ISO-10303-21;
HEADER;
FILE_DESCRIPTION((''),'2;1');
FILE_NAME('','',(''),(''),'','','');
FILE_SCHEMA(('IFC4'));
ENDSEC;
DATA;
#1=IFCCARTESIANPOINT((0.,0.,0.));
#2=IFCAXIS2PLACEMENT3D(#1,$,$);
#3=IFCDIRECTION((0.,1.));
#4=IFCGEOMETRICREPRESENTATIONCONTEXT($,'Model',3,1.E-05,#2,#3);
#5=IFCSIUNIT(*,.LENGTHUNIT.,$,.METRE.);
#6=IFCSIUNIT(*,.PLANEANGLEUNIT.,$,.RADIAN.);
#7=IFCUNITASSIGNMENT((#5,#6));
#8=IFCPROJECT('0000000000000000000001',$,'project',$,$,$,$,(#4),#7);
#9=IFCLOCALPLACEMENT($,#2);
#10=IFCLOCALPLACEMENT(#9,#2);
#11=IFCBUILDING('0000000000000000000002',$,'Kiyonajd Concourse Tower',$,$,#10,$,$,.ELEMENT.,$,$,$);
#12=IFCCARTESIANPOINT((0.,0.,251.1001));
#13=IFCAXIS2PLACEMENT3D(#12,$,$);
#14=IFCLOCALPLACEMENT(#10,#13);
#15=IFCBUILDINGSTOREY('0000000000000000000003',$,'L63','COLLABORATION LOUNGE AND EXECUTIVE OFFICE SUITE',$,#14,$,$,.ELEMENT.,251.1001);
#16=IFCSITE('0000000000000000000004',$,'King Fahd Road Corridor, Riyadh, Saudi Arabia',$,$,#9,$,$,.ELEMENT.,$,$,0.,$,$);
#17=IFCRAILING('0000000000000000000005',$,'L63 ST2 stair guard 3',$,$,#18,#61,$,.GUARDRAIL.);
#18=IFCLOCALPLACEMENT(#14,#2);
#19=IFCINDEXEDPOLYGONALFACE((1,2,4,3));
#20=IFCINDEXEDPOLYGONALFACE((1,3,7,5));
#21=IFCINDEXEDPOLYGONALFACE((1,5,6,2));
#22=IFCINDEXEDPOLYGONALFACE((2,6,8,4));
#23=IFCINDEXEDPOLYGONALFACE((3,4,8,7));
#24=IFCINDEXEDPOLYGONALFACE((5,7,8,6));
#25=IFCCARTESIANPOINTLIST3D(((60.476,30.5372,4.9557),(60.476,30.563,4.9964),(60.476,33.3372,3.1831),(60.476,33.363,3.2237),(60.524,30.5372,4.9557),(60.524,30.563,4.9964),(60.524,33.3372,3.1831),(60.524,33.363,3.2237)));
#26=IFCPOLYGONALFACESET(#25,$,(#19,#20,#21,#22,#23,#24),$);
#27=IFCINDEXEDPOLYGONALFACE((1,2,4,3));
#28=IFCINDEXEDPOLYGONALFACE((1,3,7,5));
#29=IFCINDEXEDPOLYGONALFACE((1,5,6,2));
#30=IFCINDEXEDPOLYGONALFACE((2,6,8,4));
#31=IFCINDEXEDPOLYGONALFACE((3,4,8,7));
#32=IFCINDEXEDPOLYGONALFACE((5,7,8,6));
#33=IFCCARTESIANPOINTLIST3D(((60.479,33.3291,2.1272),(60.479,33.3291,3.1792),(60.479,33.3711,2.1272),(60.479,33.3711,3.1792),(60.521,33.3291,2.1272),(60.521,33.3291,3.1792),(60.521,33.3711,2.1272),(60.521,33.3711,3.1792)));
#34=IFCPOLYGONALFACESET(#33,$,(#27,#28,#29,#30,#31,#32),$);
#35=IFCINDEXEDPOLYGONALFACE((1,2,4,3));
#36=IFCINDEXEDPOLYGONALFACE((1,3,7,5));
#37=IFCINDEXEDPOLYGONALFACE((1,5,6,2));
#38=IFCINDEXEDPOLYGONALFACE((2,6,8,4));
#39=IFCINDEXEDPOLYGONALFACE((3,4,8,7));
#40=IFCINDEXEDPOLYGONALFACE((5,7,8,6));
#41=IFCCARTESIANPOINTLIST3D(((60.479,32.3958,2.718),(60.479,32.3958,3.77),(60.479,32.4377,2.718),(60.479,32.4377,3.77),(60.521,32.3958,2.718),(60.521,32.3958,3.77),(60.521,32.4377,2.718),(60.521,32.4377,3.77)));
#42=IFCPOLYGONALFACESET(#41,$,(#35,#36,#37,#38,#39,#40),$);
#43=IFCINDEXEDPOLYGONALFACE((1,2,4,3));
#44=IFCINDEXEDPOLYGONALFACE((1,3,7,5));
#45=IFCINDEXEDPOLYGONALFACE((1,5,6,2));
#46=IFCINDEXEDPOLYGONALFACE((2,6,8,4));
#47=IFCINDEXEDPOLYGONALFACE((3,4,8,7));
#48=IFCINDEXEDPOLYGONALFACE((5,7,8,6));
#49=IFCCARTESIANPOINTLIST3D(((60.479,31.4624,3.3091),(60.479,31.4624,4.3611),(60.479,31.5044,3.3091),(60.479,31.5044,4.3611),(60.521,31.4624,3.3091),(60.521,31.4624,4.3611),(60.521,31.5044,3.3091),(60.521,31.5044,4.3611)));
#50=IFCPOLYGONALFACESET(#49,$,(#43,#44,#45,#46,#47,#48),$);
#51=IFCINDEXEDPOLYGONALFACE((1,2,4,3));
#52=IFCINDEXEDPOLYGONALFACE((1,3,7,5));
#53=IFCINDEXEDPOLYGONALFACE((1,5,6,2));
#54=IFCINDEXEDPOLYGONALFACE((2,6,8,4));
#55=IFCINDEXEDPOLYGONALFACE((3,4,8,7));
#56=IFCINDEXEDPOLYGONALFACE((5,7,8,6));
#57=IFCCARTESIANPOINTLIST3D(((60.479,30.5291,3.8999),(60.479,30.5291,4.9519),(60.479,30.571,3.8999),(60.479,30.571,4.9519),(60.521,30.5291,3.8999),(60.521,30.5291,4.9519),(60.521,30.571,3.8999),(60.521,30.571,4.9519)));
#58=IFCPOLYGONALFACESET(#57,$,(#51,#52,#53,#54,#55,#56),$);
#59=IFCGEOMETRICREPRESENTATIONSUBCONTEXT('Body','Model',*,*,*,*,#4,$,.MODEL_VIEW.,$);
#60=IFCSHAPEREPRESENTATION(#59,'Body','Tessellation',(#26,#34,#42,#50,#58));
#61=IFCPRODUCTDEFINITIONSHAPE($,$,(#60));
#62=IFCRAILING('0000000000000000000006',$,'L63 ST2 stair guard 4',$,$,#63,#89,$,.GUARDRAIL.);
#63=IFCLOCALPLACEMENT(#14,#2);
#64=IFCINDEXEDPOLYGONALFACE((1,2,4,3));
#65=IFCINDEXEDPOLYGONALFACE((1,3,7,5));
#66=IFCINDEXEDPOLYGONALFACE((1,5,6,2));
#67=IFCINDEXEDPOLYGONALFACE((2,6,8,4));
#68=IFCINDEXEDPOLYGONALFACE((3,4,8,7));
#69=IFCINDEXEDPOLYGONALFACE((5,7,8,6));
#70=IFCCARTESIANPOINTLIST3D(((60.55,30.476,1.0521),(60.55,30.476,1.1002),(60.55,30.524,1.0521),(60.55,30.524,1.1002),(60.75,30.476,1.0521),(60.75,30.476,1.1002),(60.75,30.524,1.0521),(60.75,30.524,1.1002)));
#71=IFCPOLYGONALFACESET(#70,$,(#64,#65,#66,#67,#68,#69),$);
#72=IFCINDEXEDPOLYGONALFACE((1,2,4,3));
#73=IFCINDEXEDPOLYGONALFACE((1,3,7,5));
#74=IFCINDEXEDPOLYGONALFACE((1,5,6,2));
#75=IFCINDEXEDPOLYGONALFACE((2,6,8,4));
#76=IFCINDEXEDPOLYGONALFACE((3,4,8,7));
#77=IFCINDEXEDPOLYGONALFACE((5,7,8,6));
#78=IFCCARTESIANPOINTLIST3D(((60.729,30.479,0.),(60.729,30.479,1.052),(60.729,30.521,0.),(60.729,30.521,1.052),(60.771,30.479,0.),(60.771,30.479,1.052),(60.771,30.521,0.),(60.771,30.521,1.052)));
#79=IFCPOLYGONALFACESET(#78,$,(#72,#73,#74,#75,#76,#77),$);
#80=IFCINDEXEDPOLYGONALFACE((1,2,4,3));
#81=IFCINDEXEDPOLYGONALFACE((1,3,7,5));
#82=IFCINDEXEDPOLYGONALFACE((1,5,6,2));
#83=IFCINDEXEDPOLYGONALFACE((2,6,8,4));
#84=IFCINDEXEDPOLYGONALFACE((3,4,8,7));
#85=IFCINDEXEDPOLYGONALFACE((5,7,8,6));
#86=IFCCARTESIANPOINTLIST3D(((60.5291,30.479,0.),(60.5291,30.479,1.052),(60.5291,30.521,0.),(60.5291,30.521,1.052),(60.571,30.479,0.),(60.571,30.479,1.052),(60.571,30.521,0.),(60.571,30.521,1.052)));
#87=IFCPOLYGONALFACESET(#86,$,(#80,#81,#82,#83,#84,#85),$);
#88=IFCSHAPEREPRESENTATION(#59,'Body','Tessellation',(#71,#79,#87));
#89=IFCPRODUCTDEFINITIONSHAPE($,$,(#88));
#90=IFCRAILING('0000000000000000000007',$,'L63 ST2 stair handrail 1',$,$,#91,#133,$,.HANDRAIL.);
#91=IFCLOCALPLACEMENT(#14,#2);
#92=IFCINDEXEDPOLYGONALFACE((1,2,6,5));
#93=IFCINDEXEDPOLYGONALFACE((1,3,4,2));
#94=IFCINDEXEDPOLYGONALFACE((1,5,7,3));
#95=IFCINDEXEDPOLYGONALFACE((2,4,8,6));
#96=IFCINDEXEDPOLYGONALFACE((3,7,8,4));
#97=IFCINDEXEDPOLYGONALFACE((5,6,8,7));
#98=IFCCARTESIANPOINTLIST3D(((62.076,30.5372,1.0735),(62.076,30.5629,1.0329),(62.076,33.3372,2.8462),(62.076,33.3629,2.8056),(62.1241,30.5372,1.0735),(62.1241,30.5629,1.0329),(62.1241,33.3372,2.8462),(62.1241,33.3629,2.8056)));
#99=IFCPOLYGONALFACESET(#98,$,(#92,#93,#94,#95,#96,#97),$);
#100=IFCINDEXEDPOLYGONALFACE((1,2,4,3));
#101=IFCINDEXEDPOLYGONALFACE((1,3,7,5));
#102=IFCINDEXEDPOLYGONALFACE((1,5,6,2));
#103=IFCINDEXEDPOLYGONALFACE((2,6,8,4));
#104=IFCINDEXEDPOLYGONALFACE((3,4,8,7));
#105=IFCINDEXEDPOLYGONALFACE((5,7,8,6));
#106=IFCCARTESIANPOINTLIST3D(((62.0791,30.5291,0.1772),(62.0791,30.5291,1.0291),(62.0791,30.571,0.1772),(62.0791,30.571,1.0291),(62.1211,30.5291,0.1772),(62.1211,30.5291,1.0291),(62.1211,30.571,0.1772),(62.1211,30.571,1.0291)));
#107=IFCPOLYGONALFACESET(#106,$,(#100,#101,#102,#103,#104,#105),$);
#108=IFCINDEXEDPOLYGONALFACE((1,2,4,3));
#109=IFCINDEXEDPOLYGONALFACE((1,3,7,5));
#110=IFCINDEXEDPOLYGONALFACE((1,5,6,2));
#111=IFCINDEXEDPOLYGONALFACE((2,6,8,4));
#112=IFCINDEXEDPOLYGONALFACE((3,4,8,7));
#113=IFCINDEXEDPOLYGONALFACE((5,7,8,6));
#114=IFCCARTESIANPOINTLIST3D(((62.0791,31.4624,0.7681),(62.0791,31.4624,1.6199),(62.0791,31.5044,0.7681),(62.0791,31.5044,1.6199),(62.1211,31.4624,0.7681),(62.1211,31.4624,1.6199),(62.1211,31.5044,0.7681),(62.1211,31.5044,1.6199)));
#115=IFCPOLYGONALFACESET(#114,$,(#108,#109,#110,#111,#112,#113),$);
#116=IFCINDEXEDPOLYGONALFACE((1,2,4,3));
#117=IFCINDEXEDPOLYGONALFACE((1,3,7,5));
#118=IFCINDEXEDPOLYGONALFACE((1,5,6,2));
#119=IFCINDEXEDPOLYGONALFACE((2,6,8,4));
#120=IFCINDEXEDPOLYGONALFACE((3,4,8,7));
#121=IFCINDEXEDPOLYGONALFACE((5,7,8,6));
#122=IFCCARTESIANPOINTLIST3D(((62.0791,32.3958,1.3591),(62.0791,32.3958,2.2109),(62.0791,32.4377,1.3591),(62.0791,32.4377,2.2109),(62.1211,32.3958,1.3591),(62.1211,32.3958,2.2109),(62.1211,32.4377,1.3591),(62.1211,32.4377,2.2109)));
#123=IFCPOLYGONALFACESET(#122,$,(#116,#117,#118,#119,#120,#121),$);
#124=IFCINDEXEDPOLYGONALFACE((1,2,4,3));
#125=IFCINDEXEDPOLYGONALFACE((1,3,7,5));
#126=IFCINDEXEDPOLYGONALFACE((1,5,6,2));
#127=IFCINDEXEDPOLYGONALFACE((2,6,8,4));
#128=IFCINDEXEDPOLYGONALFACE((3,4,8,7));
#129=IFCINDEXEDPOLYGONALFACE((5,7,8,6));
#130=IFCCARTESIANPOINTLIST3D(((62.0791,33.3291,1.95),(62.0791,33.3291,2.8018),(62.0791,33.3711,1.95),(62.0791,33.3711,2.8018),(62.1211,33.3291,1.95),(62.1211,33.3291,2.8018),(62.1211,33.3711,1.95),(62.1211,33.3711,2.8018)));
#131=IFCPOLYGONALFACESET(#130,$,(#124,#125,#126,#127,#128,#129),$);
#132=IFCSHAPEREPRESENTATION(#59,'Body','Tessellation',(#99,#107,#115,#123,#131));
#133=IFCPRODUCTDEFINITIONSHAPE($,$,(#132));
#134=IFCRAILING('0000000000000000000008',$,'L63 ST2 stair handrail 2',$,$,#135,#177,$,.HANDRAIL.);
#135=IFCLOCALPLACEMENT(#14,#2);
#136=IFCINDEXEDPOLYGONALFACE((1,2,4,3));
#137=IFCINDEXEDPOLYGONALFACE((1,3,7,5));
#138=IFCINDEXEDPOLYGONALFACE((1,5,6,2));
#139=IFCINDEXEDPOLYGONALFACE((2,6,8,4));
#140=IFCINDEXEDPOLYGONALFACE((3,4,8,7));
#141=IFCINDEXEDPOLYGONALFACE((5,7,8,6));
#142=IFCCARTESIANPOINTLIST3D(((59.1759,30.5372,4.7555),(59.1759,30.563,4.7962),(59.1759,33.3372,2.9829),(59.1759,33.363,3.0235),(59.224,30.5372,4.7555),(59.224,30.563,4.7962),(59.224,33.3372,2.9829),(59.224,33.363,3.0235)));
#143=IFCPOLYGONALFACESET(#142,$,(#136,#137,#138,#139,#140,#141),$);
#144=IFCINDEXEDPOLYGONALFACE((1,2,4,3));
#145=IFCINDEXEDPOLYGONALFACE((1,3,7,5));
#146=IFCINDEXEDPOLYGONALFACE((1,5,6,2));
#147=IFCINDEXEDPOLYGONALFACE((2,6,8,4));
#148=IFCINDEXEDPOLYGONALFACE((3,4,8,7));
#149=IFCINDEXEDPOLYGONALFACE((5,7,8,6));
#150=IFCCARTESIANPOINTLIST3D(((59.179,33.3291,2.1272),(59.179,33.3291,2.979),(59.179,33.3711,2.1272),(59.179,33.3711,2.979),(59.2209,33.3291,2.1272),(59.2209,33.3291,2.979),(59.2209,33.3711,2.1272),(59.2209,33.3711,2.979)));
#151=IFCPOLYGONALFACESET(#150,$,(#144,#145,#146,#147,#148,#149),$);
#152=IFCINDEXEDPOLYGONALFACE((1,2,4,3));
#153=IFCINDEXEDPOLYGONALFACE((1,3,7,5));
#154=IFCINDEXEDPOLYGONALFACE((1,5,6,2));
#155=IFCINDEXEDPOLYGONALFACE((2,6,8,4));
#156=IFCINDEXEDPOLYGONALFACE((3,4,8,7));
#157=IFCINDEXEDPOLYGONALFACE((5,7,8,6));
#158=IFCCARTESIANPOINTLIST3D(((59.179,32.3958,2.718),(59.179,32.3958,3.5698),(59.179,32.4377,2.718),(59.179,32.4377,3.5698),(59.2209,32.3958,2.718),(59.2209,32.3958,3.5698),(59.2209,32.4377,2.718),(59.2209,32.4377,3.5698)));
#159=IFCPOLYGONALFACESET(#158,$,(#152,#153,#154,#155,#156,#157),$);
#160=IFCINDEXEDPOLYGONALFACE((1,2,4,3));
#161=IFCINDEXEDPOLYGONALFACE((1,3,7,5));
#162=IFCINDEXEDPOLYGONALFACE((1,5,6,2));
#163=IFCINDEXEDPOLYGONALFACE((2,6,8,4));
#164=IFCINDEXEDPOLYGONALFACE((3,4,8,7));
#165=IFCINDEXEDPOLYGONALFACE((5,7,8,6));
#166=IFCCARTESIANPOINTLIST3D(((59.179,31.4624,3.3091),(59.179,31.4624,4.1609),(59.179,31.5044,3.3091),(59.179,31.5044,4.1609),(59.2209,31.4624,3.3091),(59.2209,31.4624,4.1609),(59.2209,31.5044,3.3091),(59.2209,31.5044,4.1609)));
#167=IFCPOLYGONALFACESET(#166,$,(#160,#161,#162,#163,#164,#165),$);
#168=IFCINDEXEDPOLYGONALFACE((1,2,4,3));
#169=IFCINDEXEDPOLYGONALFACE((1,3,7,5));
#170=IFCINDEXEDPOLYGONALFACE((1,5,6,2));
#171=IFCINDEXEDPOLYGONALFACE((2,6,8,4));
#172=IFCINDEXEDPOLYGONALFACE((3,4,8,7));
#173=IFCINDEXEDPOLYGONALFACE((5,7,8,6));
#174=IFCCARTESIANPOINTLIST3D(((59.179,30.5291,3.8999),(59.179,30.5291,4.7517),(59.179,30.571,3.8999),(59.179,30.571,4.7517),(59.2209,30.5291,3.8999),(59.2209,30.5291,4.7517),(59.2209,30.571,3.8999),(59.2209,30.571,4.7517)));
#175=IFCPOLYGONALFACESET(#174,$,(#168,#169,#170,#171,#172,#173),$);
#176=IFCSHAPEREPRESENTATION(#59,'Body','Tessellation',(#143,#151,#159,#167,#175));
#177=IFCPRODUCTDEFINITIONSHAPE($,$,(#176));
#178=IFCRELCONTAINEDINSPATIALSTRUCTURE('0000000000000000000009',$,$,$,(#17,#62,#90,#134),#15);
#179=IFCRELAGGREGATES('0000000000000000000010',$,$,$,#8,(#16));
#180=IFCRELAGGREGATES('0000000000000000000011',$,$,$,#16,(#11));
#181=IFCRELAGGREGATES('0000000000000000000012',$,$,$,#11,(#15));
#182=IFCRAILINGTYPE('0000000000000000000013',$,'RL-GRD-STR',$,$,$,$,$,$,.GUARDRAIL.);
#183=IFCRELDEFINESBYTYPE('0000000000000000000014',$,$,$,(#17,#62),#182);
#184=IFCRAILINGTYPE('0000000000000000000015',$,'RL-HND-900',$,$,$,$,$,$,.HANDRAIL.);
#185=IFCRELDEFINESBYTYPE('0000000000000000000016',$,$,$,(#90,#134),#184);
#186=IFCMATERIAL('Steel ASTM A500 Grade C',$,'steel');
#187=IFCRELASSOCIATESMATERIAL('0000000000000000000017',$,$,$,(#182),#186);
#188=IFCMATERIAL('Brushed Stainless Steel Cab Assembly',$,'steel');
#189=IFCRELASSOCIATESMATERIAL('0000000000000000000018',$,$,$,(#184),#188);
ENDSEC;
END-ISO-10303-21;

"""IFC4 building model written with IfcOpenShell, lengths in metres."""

from ifc_helpers import new_model, si_unit, direction, frame, origin, origin_2d, place, context, subcontext, project, spatial, rectangle, extrude, material, type_object, element, save


model = new_model("IFC4")

# Units and contexts
model_context = context("Model", 3, precision=1e-05, world=origin(), true_north=direction((0.0, 1.0)))
body_context = subcontext(model_context, "Body", "Model", "MODEL_VIEW")
ifc_project = project(units=[si_unit("LENGTHUNIT", "METRE"), si_unit("PLANEANGLEUNIT", "RADIAN")], contexts=[model_context])

# Site, building, storey
site_placement = place(None, origin())
site = spatial("IfcSite", under=ifc_project, at=site_placement, Name="King Fahd Road Corridor, Riyadh, Saudi Arabia", CompositionType="ELEMENT", RefElevation=0.0)
building_placement = place(site_placement, origin())
building = spatial("IfcBuilding", under=site, at=building_placement, Name="Kiyonajd Concourse Tower", CompositionType="ELEMENT")
storey_placement = place(building_placement, frame((0.0, 0.0, 251.1001)))
storey = spatial("IfcBuildingStorey", under=building, at=storey_placement, Name="L63", Description="COLLABORATION LOUNGE AND EXECUTIVE OFFICE SUITE", CompositionType="ELEMENT", Elevation=251.1001)

# Shared definitions
ifc_material_1 = material(Name="Brushed Stainless Steel Cab Assembly", Category="steel")

# Railings
ifc_material_2 = material(Name="Steel ASTM A500 Grade C", Category="steel")
railing_type_1 = type_object("IfcRailingType", Name="RL-GRD-STR", PredefinedType="GUARDRAIL", material=ifc_material_2)
railing_1_placement = place(storey_placement, frame((60.5, 33.3501, 2.1272)))
element("IfcRailing", 1, at=railing_1_placement, inside=storey, type_object=railing_type_1, Name="L63 ST2 stair guard 3", PredefinedType="GUARDRAIL", context=body_context, shape_type="SweptSolid", body=[
    extrude(rectangle(XDim=0.0481, YDim=0.0481, at=origin_2d()), frame((0.0, 0.0, 1.0762), z_axis=(0.0, -0.844909, 0.53491), x_axis=(1.0, 0.0, 0.0)), (0.0, 0.0, 1.0), 3.314),
    extrude(rectangle(XDim=0.042, YDim=0.042, at=origin_2d()), origin(), (0.0, 0.0, 1.0), 1.052),
    extrude(rectangle(XDim=0.042, YDim=0.042, at=origin_2d()), frame((0.0, -0.9333, 0.5908)), (0.0, 0.0, 1.0), 1.052),
    extrude(rectangle(XDim=0.042, YDim=0.042, at=origin_2d()), frame((0.0, -1.8667, 1.1819)), (0.0, 0.0, 1.0), 1.052),
    extrude(rectangle(XDim=0.042, YDim=0.042, at=origin_2d()), frame((0.0, -2.8, 1.7727)), (0.0, 0.0, 1.0), 1.052),
])
railing_2_placement = place(storey_placement, frame((60.75, 30.5, 0.0)))
element("IfcRailing", 2, at=railing_2_placement, inside=storey, type_object=railing_type_1, Name="L63 ST2 stair guard 4", PredefinedType="GUARDRAIL", context=body_context, shape_type="SweptSolid", body=[
    extrude(rectangle(XDim=0.0481, YDim=0.0481, at=origin_2d()), frame((0.0, 0.0, 1.0762), z_axis=(-1.0, 0.0, 0.0), x_axis=(0.0, -1.0, 0.0)), (0.0, 0.0, 1.0), 0.2),
    extrude(rectangle(XDim=0.042, YDim=0.042, at=origin_2d()), origin(), (0.0, 0.0, 1.0), 1.052),
    extrude(rectangle(XDim=0.042, YDim=0.042, at=origin_2d()), frame((-0.2, 0.0, 0.0)), (0.0, 0.0, 1.0), 1.052),
])
railing_type_2 = type_object("IfcRailingType", Name="RL-HND-900", PredefinedType="HANDRAIL", material=ifc_material_1)
railing_3_placement = place(storey_placement, frame((62.1001, 30.55, 0.1772)))
element("IfcRailing", 3, at=railing_3_placement, inside=storey, type_object=railing_type_2, Name="L63 ST2 stair handrail 1", PredefinedType="HANDRAIL", context=body_context, shape_type="SweptSolid", body=[
    extrude(rectangle(XDim=0.0481, YDim=0.0481, at=origin_2d()), frame((0.0, 0.0, 0.876), z_axis=(0.0, 0.844909, 0.53491), x_axis=(-1.0, 0.0, 0.0)), (0.0, 0.0, 1.0), 3.314),
    extrude(rectangle(XDim=0.042, YDim=0.042, at=origin_2d()), origin(), (0.0, 0.0, 1.0), 0.8518),
    extrude(rectangle(XDim=0.042, YDim=0.042, at=origin_2d()), frame((0.0, 0.9333, 0.5908)), (0.0, 0.0, 1.0), 0.8518),
    extrude(rectangle(XDim=0.042, YDim=0.042, at=origin_2d()), frame((0.0, 1.8667, 1.1819)), (0.0, 0.0, 1.0), 0.8518),
    extrude(rectangle(XDim=0.042, YDim=0.042, at=origin_2d()), frame((0.0, 2.8, 1.7727)), (0.0, 0.0, 1.0), 0.8518),
])
railing_4_placement = place(storey_placement, frame((59.2, 33.3501, 2.1272)))
element("IfcRailing", 4, at=railing_4_placement, inside=storey, type_object=railing_type_2, Name="L63 ST2 stair handrail 2", PredefinedType="HANDRAIL", context=body_context, shape_type="SweptSolid", body=[
    extrude(rectangle(XDim=0.0481, YDim=0.0481, at=origin_2d()), frame((0.0, 0.0, 0.876), z_axis=(0.0, -0.844909, 0.53491), x_axis=(1.0, 0.0, 0.0)), (0.0, 0.0, 1.0), 3.314),
    extrude(rectangle(XDim=0.042, YDim=0.042, at=origin_2d()), origin(), (0.0, 0.0, 1.0), 0.8518),
    extrude(rectangle(XDim=0.042, YDim=0.042, at=origin_2d()), frame((0.0, -0.9333, 0.5908)), (0.0, 0.0, 1.0), 0.8518),
    extrude(rectangle(XDim=0.042, YDim=0.042, at=origin_2d()), frame((0.0, -1.8667, 1.1819)), (0.0, 0.0, 1.0), 0.8518),
    extrude(rectangle(XDim=0.042, YDim=0.042, at=origin_2d()), frame((0.0, -2.8, 1.7727)), (0.0, 0.0, 1.0), 0.8518),
])

save(model, "model.ifc")
